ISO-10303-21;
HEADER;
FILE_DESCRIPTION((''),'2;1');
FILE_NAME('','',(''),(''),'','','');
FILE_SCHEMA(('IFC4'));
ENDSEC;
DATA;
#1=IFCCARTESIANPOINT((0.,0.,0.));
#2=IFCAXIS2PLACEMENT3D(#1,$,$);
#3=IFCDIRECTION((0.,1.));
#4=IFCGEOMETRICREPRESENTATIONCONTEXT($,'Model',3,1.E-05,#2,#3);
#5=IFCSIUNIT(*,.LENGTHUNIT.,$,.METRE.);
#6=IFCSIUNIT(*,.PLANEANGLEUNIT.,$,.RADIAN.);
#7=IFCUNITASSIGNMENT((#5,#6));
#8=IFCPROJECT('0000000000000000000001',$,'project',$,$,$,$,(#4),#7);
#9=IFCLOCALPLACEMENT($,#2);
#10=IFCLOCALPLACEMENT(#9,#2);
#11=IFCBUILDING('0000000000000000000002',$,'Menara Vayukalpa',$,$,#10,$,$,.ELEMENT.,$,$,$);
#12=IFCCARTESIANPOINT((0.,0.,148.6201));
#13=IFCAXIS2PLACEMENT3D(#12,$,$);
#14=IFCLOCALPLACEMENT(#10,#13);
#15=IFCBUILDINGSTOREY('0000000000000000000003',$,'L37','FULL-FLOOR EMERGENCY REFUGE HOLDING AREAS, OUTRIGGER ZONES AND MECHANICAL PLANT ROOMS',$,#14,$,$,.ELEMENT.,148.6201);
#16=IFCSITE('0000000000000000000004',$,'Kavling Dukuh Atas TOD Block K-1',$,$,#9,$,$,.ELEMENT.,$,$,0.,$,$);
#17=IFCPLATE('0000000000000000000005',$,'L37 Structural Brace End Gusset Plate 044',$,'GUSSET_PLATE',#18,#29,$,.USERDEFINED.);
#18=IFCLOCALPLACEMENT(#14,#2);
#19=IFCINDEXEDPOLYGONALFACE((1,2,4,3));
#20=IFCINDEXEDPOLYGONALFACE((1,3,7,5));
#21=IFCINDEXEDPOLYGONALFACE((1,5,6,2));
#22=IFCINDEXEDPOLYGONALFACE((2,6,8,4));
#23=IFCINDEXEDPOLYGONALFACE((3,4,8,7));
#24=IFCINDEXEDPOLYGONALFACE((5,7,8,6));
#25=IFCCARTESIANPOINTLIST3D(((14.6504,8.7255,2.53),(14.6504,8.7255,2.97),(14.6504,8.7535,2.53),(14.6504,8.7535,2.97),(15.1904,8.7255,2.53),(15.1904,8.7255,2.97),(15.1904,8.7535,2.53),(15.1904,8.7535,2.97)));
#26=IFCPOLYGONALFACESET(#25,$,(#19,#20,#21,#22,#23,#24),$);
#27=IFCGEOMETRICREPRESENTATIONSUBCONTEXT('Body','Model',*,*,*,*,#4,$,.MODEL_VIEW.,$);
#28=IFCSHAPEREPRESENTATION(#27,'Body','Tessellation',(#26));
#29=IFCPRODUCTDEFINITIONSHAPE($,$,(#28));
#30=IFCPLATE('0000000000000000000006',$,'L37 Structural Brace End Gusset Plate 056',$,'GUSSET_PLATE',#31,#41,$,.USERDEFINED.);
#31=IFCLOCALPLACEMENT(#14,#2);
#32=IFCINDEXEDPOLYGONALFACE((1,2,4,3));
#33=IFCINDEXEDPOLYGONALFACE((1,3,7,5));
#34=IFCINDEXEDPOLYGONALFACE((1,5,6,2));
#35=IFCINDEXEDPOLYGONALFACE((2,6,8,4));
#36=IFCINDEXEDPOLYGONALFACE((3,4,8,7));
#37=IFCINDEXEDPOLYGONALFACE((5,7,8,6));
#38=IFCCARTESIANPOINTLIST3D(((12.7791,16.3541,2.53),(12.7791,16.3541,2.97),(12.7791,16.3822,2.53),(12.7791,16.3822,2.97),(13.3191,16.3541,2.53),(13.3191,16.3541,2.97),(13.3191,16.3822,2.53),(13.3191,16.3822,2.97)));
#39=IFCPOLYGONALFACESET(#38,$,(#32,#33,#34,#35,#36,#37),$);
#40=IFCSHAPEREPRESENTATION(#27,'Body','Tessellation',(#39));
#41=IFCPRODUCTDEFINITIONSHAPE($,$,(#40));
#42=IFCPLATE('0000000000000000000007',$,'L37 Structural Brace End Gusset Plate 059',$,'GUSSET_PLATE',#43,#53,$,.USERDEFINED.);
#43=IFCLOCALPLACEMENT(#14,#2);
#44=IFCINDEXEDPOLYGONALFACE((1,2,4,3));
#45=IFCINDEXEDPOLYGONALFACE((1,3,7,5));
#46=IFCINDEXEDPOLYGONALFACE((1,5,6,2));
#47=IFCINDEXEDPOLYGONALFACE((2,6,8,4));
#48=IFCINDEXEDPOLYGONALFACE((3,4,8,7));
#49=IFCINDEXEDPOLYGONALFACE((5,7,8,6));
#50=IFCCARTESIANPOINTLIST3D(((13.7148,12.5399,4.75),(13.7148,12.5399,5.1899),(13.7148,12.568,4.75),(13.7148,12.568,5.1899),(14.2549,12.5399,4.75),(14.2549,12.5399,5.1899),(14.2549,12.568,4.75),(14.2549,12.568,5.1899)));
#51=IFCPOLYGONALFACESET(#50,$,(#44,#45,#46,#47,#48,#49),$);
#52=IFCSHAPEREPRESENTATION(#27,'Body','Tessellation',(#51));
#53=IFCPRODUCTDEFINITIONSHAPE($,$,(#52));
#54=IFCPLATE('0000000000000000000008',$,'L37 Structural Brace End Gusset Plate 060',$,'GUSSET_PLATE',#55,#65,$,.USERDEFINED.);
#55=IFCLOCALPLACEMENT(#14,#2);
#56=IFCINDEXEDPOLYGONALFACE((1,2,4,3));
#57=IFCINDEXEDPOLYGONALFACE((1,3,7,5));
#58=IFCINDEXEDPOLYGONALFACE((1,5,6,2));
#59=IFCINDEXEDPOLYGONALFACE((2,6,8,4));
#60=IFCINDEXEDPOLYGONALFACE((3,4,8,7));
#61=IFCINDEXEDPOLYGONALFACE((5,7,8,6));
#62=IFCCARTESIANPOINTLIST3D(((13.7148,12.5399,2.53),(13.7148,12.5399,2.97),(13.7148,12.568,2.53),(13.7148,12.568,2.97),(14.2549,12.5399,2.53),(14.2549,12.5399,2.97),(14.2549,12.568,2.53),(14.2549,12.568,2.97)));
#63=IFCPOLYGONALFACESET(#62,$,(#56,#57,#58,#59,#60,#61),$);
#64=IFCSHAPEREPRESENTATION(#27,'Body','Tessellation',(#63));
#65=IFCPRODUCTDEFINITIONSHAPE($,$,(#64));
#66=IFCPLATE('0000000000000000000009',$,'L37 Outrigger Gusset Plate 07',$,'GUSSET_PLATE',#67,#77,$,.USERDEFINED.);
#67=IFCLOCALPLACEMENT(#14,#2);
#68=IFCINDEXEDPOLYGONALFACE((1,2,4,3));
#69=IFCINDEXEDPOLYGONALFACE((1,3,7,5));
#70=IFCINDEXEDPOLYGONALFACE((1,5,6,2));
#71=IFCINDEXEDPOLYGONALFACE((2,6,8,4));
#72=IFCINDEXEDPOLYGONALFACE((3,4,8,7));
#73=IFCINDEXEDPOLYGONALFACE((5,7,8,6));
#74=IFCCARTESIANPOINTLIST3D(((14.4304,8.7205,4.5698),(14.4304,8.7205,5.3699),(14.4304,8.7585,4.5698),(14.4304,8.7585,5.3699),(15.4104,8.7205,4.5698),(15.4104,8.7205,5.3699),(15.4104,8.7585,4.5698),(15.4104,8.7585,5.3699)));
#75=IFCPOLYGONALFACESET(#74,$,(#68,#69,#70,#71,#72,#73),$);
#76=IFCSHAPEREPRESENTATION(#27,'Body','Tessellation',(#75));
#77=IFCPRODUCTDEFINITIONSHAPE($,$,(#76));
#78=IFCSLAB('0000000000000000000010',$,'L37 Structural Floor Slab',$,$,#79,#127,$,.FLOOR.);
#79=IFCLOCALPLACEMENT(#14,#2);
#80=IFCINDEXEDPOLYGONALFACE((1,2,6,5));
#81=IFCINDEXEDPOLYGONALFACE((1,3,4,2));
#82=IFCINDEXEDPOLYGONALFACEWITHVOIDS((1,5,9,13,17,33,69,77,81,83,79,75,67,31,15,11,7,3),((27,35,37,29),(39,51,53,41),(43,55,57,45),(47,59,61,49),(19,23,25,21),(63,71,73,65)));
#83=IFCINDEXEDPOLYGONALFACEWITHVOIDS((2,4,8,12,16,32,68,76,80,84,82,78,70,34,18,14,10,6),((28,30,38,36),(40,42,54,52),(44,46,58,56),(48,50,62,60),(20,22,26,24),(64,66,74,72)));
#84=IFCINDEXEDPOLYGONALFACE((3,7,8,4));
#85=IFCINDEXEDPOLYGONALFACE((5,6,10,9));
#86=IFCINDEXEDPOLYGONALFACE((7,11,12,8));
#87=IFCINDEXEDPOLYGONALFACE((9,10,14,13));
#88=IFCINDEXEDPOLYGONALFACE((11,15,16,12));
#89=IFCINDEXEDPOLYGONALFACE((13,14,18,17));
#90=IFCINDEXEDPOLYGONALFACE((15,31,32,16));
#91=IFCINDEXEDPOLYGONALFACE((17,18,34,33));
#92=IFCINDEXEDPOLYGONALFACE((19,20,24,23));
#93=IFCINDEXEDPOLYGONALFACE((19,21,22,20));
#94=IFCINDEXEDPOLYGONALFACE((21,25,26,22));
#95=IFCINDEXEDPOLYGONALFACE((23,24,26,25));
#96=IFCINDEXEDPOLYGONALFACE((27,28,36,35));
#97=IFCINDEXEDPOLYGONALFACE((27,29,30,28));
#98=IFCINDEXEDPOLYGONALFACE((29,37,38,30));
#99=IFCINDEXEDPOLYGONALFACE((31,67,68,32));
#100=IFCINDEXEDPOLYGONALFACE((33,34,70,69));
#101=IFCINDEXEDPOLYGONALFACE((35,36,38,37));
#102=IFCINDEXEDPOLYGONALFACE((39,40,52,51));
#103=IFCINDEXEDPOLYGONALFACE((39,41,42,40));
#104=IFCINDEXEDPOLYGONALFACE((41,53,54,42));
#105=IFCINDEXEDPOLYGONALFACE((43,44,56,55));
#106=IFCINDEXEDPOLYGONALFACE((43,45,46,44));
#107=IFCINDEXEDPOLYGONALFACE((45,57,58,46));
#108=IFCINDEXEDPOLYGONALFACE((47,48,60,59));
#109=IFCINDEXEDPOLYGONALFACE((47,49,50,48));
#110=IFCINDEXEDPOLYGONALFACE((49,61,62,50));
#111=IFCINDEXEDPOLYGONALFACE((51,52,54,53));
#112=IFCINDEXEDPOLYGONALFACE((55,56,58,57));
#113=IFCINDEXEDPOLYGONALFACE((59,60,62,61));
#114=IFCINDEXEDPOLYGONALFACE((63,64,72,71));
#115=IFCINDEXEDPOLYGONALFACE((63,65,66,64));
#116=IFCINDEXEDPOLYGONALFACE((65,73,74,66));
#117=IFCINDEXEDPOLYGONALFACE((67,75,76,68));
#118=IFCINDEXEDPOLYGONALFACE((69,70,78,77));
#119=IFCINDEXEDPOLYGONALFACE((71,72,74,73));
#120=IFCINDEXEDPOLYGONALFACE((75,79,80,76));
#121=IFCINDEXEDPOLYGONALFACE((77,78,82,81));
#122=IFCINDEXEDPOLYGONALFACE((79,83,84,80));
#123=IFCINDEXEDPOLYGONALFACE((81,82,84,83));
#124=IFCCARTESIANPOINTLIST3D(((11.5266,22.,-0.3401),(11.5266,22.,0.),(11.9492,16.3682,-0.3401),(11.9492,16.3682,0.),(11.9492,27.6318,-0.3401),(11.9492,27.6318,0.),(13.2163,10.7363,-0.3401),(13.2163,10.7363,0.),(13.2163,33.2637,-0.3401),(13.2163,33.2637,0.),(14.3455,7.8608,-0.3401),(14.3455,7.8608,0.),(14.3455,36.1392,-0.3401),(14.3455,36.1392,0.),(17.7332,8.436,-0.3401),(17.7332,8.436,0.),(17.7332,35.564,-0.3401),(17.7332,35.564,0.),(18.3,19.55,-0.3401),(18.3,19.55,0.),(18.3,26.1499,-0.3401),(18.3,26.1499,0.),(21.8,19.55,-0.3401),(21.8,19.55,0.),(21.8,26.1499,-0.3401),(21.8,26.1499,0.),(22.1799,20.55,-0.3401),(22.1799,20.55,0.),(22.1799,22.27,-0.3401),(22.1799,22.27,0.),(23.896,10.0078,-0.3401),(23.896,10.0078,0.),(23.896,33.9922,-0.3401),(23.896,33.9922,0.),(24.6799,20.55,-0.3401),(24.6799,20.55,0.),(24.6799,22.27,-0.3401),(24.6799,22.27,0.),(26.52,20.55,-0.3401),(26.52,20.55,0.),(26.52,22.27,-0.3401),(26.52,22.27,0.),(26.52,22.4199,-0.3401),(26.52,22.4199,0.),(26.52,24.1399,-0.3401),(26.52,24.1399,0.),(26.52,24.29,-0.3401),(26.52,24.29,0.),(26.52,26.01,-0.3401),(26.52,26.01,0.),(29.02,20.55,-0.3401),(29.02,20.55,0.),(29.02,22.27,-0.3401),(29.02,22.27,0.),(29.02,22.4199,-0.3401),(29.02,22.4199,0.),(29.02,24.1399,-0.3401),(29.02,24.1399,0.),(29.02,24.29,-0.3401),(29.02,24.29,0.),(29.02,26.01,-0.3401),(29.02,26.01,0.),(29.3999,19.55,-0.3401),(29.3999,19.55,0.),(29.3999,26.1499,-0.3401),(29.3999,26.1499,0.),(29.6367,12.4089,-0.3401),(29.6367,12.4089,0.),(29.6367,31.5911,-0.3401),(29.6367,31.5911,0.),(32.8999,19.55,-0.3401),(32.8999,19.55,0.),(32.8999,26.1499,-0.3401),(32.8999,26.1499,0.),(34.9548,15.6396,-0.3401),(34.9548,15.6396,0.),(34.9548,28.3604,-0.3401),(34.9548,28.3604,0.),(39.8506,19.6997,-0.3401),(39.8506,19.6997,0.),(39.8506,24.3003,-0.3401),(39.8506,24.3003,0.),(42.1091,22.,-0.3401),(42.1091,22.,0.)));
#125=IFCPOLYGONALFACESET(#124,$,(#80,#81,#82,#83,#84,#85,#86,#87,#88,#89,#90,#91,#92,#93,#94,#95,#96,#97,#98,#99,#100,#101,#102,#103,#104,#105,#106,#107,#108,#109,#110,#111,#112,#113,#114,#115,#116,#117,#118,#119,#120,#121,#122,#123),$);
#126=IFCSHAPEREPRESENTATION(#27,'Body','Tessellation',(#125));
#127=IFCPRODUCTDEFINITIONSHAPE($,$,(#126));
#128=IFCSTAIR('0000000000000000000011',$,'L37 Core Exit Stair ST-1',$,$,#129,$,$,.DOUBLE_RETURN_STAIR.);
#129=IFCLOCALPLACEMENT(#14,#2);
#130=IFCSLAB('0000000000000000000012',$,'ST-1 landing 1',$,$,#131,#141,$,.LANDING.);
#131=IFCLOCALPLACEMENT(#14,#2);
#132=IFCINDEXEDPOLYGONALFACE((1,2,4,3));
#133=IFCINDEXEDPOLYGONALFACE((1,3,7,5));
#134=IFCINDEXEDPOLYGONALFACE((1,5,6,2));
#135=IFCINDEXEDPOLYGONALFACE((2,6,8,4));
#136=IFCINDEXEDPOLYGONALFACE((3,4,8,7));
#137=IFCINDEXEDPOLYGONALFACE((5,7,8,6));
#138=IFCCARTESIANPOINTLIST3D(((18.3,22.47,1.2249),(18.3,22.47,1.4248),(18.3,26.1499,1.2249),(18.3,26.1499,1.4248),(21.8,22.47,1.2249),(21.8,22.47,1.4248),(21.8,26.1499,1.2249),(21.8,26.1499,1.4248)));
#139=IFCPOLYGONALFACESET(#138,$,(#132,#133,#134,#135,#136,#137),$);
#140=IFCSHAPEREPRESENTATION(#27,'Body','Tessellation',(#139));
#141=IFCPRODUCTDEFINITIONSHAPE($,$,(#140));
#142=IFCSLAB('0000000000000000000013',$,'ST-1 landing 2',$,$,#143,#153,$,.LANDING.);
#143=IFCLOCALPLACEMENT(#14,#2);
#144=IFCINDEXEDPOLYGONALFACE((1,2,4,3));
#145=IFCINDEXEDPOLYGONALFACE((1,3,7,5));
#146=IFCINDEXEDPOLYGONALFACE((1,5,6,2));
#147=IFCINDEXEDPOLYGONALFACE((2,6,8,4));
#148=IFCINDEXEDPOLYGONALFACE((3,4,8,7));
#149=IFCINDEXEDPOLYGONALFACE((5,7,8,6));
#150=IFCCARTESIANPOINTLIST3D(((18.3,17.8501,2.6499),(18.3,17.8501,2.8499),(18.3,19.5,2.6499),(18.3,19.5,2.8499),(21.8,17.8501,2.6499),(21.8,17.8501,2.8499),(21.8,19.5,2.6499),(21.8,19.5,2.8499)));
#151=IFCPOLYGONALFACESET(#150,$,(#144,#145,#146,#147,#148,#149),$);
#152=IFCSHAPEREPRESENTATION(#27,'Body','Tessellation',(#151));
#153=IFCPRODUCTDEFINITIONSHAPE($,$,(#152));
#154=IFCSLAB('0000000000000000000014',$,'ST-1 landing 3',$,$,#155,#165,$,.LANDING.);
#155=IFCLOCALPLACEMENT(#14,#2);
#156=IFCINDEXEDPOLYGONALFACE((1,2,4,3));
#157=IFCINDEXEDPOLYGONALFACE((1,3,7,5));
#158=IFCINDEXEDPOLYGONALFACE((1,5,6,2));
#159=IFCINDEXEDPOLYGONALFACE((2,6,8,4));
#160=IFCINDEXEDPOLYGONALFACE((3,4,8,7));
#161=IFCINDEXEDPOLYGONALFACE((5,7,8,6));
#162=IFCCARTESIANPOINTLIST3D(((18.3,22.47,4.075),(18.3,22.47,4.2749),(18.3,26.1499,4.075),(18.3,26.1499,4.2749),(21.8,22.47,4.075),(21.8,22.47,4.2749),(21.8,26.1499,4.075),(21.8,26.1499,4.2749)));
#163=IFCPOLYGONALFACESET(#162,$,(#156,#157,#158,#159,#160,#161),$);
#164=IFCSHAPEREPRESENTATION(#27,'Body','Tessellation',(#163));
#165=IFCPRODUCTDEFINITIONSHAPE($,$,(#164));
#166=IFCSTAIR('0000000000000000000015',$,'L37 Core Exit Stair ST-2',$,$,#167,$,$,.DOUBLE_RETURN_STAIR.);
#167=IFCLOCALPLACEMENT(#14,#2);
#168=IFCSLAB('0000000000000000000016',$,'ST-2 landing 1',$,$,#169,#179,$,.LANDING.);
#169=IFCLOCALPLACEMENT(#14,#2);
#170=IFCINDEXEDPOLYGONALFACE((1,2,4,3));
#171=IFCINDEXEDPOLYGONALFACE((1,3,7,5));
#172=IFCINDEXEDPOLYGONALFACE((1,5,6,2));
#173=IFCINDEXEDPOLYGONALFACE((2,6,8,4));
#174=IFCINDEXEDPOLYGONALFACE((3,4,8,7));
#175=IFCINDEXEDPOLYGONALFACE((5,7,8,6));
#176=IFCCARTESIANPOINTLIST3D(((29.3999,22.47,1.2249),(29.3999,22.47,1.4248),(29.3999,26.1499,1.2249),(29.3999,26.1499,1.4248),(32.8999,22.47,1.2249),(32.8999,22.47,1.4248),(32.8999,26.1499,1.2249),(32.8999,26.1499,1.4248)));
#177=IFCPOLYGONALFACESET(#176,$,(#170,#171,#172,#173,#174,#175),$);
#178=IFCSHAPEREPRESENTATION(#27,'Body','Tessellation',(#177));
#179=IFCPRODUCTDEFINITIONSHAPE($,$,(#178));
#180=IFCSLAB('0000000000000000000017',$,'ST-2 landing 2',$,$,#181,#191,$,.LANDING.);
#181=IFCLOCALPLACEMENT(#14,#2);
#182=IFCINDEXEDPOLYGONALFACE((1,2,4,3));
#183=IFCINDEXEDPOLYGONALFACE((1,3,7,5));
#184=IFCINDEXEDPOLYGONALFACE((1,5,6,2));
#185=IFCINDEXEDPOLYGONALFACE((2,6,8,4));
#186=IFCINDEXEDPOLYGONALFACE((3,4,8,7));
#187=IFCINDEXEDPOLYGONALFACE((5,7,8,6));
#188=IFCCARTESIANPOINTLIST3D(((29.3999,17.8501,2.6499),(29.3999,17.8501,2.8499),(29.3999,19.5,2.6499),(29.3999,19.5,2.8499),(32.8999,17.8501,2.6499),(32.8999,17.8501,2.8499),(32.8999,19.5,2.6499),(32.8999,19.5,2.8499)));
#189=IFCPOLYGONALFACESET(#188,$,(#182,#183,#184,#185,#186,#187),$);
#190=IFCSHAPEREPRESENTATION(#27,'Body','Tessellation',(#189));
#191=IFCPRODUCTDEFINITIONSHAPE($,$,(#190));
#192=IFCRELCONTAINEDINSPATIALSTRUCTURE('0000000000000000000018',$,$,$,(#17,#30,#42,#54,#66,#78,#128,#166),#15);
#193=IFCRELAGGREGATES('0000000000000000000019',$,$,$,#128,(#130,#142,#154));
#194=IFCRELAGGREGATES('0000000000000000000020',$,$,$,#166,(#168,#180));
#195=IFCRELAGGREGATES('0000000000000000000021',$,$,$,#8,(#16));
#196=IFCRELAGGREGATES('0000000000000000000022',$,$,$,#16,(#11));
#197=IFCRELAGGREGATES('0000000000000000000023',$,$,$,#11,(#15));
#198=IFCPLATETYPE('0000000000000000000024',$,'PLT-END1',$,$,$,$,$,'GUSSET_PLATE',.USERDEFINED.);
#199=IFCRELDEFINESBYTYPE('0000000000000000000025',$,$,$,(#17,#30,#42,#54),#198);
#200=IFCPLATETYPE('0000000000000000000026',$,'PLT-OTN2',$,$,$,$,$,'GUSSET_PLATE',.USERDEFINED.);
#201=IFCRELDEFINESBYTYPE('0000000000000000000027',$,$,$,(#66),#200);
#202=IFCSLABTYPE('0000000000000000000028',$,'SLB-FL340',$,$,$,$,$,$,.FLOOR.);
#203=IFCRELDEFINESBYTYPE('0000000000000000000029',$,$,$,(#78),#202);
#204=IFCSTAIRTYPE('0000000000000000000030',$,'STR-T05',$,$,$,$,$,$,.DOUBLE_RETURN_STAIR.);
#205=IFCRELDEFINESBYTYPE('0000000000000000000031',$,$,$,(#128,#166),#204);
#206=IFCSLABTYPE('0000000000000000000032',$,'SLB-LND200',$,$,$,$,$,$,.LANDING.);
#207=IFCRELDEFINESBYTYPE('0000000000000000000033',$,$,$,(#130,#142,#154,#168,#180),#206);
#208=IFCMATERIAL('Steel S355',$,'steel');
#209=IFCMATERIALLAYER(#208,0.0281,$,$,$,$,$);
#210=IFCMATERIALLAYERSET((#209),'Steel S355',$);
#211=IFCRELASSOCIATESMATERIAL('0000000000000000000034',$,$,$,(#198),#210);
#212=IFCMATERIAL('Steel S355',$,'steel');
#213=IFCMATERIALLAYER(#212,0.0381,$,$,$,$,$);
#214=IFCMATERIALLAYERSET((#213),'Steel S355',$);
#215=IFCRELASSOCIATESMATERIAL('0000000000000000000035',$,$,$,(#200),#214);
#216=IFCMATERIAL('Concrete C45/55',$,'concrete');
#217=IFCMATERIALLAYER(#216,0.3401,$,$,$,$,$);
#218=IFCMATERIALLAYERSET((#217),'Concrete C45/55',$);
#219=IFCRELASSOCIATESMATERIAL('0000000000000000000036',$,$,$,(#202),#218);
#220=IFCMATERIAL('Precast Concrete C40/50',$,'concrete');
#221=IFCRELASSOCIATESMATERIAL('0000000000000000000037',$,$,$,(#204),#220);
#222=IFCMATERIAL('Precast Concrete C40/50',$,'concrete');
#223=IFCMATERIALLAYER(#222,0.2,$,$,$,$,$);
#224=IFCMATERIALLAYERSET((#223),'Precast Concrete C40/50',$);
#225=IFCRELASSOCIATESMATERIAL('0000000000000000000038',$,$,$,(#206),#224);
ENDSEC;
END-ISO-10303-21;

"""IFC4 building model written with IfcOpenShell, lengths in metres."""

from ifc_helpers import new_model, si_unit, direction, frame, origin, origin_2d, place, context, subcontext, project, spatial, polyline, rectangle, outline, extrude, material, layer, layer_set, type_object, element, aggregate, save


model = new_model("IFC4")

# Units and contexts
model_context = context("Model", 3, precision=1e-05, world=origin(), true_north=direction((0.0, 1.0)))
body_context = subcontext(model_context, "Body", "Model", "MODEL_VIEW")
ifc_project = project(units=[si_unit("LENGTHUNIT", "METRE"), si_unit("PLANEANGLEUNIT", "RADIAN")], contexts=[model_context])

# Site, building, storey
site_placement = place(None, origin())
site = spatial("IfcSite", under=ifc_project, at=site_placement, Name="Kavling Dukuh Atas TOD Block K-1", CompositionType="ELEMENT", RefElevation=0.0)
building_placement = place(site_placement, origin())
building = spatial("IfcBuilding", under=site, at=building_placement, Name="Menara Vayukalpa", CompositionType="ELEMENT")
storey_placement = place(building_placement, frame((0.0, 0.0, 148.6201)))
storey = spatial("IfcBuildingStorey", under=building, at=storey_placement, Name="L37", Description="FULL-FLOOR EMERGENCY REFUGE HOLDING AREAS, OUTRIGGER ZONES AND MECHANICAL PLANT ROOMS", CompositionType="ELEMENT", Elevation=148.6201)

# Plates
ifc_material_1 = material(Name="Steel S355", Category="steel")
ifc_layer_1 = layer(ifc_material_1, 0.0281)
ifc_layer_set_1 = layer_set([ifc_layer_1], Name="Steel S355")
plate_type_1 = type_object("IfcPlateType", Name="PLT-END1", ElementType="GUSSET_PLATE", PredefinedType="USERDEFINED", material=ifc_layer_set_1)
for number, where, z_axis, x_axis, name in (
    (1, (14.9204, 8.7395, 2.53), (0.0, 0.0, 1.0), (1.0, 0.0, 0.0), "L37 Structural Brace End Gusset Plate 044"),
    (2, (13.0491, 16.3682, 2.53), (0.0, 0.0, 1.0), (1.0, 0.0, 0.0), "L37 Structural Brace End Gusset Plate 056"),
    (3, (13.9849, 12.554, 4.75), (0.0, 0.0, 1.0), (1.0, 0.0, 0.0), "L37 Structural Brace End Gusset Plate 059"),
    (4, (13.9849, 12.554, 2.53), (0.0, 0.0, 1.0), (1.0, 0.0, 0.0), "L37 Structural Brace End Gusset Plate 060"),
):
    element("IfcPlate", number, at=place(storey_placement, frame(where, z_axis=z_axis, x_axis=x_axis)), inside=storey, type_object=plate_type_1, Name=name, ObjectType="GUSSET_PLATE", PredefinedType="USERDEFINED", context=body_context, shape_type="SweptSolid", body=[
        extrude(rectangle(XDim=0.54, YDim=0.0281, at=origin_2d()), origin(), (0.0, 0.0, 1.0), 0.4399),
    ])
ifc_material_2 = material(Name="Steel S355", Category="steel")
ifc_layer_2 = layer(ifc_material_2, 0.0381)
ifc_layer_set_2 = layer_set([ifc_layer_2], Name="Steel S355")
plate_type_2 = type_object("IfcPlateType", Name="PLT-OTN2", ElementType="GUSSET_PLATE", PredefinedType="USERDEFINED", material=ifc_layer_set_2)
plate_placement = place(storey_placement, frame((14.9204, 8.7395, 4.5698), z_axis=(0.0, 0.0, 1.0), x_axis=(1.0, 0.0, 0.0)))
element("IfcPlate", 5, at=plate_placement, inside=storey, type_object=plate_type_2, Name="L37 Outrigger Gusset Plate 07", ObjectType="GUSSET_PLATE", PredefinedType="USERDEFINED", context=body_context, shape_type="SweptSolid", body=[
    extrude(rectangle(XDim=0.98, YDim=0.0381, at=origin_2d()), origin(), (0.0, 0.0, 1.0), 0.8),
])

# Slab
ifc_material_3 = material(Name="Concrete C45/55", Category="concrete")
ifc_layer_3 = layer(ifc_material_3, 0.3401)
ifc_layer_set_3 = layer_set([ifc_layer_3], Name="Concrete C45/55")
slab_type_1 = type_object("IfcSlabType", Name="SLB-FL340", PredefinedType="FLOOR", material=ifc_layer_set_3)
slab_1_placement = place(storey_placement, frame((0.0, 0.0, -0.3401)))
element("IfcSlab", 6, at=slab_1_placement, inside=storey, type_object=slab_type_1, Name="L37 Structural Floor Slab", PredefinedType="FLOOR", context=body_context, shape_type="SweptSolid", body=[
    extrude(outline(polyline([(39.8506, 19.6997), (42.1091, 22.0), (39.8506, 24.3003), (34.9548, 28.3604), (29.6367, 31.5911), (23.896, 33.9922), (17.7332, 35.564), (14.3455, 36.1392), (13.2163, 33.2637), (11.9492, 27.6318), (11.5266, 22.0), (11.9492, 16.3682), (13.2163, 10.7363), (14.3455, 7.8608), (17.7332, 8.436), (23.896, 10.0078), (29.6367, 12.4089), (34.9548, 15.6396), (39.8506, 19.6997)]), holes=[polyline([(21.8, 19.55), (21.8, 26.1499), (18.3, 26.1499), (18.3, 19.55), (21.8, 19.55)]), polyline([(32.8999, 19.55), (32.8999, 26.1499), (29.3999, 26.1499), (29.3999, 19.55), (32.8999, 19.55)]), polyline([(22.1799, 20.55), (24.6799, 20.55), (24.6799, 22.27), (22.1799, 22.27), (22.1799, 20.55)]), polyline([(26.52, 20.55), (29.02, 20.55), (29.02, 22.27), (26.52, 22.27), (26.52, 20.55)]), polyline([(26.52, 24.29), (29.02, 24.29), (29.02, 26.01), (26.52, 26.01), (26.52, 24.29)]), polyline([(26.52, 22.4199), (29.02, 22.4199), (29.02, 24.1399), (26.52, 24.1399), (26.52, 22.4199)])]), origin(), (0.0, 0.0, 1.0), 0.3401),
])

# Stairs, slabs
ifc_material_4 = material(Name="Precast Concrete C40/50", Category="concrete")
stair_type = type_object("IfcStairType", Name="STR-T05", PredefinedType="DOUBLE_RETURN_STAIR", material=ifc_material_4)
stair_1_placement = place(storey_placement, origin())
stair_1 = element("IfcStair", 7, at=stair_1_placement, inside=storey, type_object=stair_type, Name="L37 Core Exit Stair ST-1", PredefinedType="DOUBLE_RETURN_STAIR")
ifc_material_5 = material(Name="Precast Concrete C40/50", Category="concrete")
ifc_layer_4 = layer(ifc_material_5, 0.2)
ifc_layer_set_4 = layer_set([ifc_layer_4], Name="Precast Concrete C40/50")
slab_type_2 = type_object("IfcSlabType", Name="SLB-LND200", PredefinedType="LANDING", material=ifc_layer_set_4)
slab_2_placement = place(storey_placement, frame((0.0, 0.0, 1.2249)))
slab_2 = element("IfcSlab", 8, at=slab_2_placement, type_object=slab_type_2, Name="ST-1 landing 1", PredefinedType="LANDING", context=body_context, shape_type="SweptSolid", body=[
    extrude(outline(polyline([(21.8, 22.47), (21.8, 26.1499), (18.3, 26.1499), (18.3, 22.47), (21.8, 22.47)])), origin(), (0.0, 0.0, 1.0), 0.2),
])
slab_3_placement = place(storey_placement, frame((0.0, 0.0, 2.6499)))
slab_3 = element("IfcSlab", 9, at=slab_3_placement, type_object=slab_type_2, Name="ST-1 landing 2", PredefinedType="LANDING", context=body_context, shape_type="SweptSolid", body=[
    extrude(outline(polyline([(21.8, 17.8501), (21.8, 19.5), (18.3, 19.5), (18.3, 17.8501), (21.8, 17.8501)])), origin(), (0.0, 0.0, 1.0), 0.2),
])
slab_4_placement = place(storey_placement, frame((0.0, 0.0, 4.075)))
slab_4 = element("IfcSlab", 10, at=slab_4_placement, type_object=slab_type_2, Name="ST-1 landing 3", PredefinedType="LANDING", context=body_context, shape_type="SweptSolid", body=[
    extrude(outline(polyline([(21.8, 22.47), (21.8, 26.1499), (18.3, 26.1499), (18.3, 22.47), (21.8, 22.47)])), origin(), (0.0, 0.0, 1.0), 0.2),
])
aggregate(stair_1, [slab_2, slab_3, slab_4])
stair_2_placement = place(storey_placement, origin())
stair_2 = element("IfcStair", 11, at=stair_2_placement, inside=storey, type_object=stair_type, Name="L37 Core Exit Stair ST-2", PredefinedType="DOUBLE_RETURN_STAIR")
slab_5_placement = place(storey_placement, frame((0.0, 0.0, 1.2249)))
slab_5 = element("IfcSlab", 12, at=slab_5_placement, type_object=slab_type_2, Name="ST-2 landing 1", PredefinedType="LANDING", context=body_context, shape_type="SweptSolid", body=[
    extrude(outline(polyline([(32.8999, 22.47), (32.8999, 26.1499), (29.3999, 26.1499), (29.3999, 22.47), (32.8999, 22.47)])), origin(), (0.0, 0.0, 1.0), 0.2),
])
slab_6_placement = place(storey_placement, frame((0.0, 0.0, 2.6499)))
slab_6 = element("IfcSlab", 13, at=slab_6_placement, type_object=slab_type_2, Name="ST-2 landing 2", PredefinedType="LANDING", context=body_context, shape_type="SweptSolid", body=[
    extrude(outline(polyline([(32.8999, 17.8501), (32.8999, 19.5), (29.3999, 19.5), (29.3999, 17.8501), (32.8999, 17.8501)])), origin(), (0.0, 0.0, 1.0), 0.2),
])
aggregate(stair_2, [slab_5, slab_6])

save(model, "model.ifc")
